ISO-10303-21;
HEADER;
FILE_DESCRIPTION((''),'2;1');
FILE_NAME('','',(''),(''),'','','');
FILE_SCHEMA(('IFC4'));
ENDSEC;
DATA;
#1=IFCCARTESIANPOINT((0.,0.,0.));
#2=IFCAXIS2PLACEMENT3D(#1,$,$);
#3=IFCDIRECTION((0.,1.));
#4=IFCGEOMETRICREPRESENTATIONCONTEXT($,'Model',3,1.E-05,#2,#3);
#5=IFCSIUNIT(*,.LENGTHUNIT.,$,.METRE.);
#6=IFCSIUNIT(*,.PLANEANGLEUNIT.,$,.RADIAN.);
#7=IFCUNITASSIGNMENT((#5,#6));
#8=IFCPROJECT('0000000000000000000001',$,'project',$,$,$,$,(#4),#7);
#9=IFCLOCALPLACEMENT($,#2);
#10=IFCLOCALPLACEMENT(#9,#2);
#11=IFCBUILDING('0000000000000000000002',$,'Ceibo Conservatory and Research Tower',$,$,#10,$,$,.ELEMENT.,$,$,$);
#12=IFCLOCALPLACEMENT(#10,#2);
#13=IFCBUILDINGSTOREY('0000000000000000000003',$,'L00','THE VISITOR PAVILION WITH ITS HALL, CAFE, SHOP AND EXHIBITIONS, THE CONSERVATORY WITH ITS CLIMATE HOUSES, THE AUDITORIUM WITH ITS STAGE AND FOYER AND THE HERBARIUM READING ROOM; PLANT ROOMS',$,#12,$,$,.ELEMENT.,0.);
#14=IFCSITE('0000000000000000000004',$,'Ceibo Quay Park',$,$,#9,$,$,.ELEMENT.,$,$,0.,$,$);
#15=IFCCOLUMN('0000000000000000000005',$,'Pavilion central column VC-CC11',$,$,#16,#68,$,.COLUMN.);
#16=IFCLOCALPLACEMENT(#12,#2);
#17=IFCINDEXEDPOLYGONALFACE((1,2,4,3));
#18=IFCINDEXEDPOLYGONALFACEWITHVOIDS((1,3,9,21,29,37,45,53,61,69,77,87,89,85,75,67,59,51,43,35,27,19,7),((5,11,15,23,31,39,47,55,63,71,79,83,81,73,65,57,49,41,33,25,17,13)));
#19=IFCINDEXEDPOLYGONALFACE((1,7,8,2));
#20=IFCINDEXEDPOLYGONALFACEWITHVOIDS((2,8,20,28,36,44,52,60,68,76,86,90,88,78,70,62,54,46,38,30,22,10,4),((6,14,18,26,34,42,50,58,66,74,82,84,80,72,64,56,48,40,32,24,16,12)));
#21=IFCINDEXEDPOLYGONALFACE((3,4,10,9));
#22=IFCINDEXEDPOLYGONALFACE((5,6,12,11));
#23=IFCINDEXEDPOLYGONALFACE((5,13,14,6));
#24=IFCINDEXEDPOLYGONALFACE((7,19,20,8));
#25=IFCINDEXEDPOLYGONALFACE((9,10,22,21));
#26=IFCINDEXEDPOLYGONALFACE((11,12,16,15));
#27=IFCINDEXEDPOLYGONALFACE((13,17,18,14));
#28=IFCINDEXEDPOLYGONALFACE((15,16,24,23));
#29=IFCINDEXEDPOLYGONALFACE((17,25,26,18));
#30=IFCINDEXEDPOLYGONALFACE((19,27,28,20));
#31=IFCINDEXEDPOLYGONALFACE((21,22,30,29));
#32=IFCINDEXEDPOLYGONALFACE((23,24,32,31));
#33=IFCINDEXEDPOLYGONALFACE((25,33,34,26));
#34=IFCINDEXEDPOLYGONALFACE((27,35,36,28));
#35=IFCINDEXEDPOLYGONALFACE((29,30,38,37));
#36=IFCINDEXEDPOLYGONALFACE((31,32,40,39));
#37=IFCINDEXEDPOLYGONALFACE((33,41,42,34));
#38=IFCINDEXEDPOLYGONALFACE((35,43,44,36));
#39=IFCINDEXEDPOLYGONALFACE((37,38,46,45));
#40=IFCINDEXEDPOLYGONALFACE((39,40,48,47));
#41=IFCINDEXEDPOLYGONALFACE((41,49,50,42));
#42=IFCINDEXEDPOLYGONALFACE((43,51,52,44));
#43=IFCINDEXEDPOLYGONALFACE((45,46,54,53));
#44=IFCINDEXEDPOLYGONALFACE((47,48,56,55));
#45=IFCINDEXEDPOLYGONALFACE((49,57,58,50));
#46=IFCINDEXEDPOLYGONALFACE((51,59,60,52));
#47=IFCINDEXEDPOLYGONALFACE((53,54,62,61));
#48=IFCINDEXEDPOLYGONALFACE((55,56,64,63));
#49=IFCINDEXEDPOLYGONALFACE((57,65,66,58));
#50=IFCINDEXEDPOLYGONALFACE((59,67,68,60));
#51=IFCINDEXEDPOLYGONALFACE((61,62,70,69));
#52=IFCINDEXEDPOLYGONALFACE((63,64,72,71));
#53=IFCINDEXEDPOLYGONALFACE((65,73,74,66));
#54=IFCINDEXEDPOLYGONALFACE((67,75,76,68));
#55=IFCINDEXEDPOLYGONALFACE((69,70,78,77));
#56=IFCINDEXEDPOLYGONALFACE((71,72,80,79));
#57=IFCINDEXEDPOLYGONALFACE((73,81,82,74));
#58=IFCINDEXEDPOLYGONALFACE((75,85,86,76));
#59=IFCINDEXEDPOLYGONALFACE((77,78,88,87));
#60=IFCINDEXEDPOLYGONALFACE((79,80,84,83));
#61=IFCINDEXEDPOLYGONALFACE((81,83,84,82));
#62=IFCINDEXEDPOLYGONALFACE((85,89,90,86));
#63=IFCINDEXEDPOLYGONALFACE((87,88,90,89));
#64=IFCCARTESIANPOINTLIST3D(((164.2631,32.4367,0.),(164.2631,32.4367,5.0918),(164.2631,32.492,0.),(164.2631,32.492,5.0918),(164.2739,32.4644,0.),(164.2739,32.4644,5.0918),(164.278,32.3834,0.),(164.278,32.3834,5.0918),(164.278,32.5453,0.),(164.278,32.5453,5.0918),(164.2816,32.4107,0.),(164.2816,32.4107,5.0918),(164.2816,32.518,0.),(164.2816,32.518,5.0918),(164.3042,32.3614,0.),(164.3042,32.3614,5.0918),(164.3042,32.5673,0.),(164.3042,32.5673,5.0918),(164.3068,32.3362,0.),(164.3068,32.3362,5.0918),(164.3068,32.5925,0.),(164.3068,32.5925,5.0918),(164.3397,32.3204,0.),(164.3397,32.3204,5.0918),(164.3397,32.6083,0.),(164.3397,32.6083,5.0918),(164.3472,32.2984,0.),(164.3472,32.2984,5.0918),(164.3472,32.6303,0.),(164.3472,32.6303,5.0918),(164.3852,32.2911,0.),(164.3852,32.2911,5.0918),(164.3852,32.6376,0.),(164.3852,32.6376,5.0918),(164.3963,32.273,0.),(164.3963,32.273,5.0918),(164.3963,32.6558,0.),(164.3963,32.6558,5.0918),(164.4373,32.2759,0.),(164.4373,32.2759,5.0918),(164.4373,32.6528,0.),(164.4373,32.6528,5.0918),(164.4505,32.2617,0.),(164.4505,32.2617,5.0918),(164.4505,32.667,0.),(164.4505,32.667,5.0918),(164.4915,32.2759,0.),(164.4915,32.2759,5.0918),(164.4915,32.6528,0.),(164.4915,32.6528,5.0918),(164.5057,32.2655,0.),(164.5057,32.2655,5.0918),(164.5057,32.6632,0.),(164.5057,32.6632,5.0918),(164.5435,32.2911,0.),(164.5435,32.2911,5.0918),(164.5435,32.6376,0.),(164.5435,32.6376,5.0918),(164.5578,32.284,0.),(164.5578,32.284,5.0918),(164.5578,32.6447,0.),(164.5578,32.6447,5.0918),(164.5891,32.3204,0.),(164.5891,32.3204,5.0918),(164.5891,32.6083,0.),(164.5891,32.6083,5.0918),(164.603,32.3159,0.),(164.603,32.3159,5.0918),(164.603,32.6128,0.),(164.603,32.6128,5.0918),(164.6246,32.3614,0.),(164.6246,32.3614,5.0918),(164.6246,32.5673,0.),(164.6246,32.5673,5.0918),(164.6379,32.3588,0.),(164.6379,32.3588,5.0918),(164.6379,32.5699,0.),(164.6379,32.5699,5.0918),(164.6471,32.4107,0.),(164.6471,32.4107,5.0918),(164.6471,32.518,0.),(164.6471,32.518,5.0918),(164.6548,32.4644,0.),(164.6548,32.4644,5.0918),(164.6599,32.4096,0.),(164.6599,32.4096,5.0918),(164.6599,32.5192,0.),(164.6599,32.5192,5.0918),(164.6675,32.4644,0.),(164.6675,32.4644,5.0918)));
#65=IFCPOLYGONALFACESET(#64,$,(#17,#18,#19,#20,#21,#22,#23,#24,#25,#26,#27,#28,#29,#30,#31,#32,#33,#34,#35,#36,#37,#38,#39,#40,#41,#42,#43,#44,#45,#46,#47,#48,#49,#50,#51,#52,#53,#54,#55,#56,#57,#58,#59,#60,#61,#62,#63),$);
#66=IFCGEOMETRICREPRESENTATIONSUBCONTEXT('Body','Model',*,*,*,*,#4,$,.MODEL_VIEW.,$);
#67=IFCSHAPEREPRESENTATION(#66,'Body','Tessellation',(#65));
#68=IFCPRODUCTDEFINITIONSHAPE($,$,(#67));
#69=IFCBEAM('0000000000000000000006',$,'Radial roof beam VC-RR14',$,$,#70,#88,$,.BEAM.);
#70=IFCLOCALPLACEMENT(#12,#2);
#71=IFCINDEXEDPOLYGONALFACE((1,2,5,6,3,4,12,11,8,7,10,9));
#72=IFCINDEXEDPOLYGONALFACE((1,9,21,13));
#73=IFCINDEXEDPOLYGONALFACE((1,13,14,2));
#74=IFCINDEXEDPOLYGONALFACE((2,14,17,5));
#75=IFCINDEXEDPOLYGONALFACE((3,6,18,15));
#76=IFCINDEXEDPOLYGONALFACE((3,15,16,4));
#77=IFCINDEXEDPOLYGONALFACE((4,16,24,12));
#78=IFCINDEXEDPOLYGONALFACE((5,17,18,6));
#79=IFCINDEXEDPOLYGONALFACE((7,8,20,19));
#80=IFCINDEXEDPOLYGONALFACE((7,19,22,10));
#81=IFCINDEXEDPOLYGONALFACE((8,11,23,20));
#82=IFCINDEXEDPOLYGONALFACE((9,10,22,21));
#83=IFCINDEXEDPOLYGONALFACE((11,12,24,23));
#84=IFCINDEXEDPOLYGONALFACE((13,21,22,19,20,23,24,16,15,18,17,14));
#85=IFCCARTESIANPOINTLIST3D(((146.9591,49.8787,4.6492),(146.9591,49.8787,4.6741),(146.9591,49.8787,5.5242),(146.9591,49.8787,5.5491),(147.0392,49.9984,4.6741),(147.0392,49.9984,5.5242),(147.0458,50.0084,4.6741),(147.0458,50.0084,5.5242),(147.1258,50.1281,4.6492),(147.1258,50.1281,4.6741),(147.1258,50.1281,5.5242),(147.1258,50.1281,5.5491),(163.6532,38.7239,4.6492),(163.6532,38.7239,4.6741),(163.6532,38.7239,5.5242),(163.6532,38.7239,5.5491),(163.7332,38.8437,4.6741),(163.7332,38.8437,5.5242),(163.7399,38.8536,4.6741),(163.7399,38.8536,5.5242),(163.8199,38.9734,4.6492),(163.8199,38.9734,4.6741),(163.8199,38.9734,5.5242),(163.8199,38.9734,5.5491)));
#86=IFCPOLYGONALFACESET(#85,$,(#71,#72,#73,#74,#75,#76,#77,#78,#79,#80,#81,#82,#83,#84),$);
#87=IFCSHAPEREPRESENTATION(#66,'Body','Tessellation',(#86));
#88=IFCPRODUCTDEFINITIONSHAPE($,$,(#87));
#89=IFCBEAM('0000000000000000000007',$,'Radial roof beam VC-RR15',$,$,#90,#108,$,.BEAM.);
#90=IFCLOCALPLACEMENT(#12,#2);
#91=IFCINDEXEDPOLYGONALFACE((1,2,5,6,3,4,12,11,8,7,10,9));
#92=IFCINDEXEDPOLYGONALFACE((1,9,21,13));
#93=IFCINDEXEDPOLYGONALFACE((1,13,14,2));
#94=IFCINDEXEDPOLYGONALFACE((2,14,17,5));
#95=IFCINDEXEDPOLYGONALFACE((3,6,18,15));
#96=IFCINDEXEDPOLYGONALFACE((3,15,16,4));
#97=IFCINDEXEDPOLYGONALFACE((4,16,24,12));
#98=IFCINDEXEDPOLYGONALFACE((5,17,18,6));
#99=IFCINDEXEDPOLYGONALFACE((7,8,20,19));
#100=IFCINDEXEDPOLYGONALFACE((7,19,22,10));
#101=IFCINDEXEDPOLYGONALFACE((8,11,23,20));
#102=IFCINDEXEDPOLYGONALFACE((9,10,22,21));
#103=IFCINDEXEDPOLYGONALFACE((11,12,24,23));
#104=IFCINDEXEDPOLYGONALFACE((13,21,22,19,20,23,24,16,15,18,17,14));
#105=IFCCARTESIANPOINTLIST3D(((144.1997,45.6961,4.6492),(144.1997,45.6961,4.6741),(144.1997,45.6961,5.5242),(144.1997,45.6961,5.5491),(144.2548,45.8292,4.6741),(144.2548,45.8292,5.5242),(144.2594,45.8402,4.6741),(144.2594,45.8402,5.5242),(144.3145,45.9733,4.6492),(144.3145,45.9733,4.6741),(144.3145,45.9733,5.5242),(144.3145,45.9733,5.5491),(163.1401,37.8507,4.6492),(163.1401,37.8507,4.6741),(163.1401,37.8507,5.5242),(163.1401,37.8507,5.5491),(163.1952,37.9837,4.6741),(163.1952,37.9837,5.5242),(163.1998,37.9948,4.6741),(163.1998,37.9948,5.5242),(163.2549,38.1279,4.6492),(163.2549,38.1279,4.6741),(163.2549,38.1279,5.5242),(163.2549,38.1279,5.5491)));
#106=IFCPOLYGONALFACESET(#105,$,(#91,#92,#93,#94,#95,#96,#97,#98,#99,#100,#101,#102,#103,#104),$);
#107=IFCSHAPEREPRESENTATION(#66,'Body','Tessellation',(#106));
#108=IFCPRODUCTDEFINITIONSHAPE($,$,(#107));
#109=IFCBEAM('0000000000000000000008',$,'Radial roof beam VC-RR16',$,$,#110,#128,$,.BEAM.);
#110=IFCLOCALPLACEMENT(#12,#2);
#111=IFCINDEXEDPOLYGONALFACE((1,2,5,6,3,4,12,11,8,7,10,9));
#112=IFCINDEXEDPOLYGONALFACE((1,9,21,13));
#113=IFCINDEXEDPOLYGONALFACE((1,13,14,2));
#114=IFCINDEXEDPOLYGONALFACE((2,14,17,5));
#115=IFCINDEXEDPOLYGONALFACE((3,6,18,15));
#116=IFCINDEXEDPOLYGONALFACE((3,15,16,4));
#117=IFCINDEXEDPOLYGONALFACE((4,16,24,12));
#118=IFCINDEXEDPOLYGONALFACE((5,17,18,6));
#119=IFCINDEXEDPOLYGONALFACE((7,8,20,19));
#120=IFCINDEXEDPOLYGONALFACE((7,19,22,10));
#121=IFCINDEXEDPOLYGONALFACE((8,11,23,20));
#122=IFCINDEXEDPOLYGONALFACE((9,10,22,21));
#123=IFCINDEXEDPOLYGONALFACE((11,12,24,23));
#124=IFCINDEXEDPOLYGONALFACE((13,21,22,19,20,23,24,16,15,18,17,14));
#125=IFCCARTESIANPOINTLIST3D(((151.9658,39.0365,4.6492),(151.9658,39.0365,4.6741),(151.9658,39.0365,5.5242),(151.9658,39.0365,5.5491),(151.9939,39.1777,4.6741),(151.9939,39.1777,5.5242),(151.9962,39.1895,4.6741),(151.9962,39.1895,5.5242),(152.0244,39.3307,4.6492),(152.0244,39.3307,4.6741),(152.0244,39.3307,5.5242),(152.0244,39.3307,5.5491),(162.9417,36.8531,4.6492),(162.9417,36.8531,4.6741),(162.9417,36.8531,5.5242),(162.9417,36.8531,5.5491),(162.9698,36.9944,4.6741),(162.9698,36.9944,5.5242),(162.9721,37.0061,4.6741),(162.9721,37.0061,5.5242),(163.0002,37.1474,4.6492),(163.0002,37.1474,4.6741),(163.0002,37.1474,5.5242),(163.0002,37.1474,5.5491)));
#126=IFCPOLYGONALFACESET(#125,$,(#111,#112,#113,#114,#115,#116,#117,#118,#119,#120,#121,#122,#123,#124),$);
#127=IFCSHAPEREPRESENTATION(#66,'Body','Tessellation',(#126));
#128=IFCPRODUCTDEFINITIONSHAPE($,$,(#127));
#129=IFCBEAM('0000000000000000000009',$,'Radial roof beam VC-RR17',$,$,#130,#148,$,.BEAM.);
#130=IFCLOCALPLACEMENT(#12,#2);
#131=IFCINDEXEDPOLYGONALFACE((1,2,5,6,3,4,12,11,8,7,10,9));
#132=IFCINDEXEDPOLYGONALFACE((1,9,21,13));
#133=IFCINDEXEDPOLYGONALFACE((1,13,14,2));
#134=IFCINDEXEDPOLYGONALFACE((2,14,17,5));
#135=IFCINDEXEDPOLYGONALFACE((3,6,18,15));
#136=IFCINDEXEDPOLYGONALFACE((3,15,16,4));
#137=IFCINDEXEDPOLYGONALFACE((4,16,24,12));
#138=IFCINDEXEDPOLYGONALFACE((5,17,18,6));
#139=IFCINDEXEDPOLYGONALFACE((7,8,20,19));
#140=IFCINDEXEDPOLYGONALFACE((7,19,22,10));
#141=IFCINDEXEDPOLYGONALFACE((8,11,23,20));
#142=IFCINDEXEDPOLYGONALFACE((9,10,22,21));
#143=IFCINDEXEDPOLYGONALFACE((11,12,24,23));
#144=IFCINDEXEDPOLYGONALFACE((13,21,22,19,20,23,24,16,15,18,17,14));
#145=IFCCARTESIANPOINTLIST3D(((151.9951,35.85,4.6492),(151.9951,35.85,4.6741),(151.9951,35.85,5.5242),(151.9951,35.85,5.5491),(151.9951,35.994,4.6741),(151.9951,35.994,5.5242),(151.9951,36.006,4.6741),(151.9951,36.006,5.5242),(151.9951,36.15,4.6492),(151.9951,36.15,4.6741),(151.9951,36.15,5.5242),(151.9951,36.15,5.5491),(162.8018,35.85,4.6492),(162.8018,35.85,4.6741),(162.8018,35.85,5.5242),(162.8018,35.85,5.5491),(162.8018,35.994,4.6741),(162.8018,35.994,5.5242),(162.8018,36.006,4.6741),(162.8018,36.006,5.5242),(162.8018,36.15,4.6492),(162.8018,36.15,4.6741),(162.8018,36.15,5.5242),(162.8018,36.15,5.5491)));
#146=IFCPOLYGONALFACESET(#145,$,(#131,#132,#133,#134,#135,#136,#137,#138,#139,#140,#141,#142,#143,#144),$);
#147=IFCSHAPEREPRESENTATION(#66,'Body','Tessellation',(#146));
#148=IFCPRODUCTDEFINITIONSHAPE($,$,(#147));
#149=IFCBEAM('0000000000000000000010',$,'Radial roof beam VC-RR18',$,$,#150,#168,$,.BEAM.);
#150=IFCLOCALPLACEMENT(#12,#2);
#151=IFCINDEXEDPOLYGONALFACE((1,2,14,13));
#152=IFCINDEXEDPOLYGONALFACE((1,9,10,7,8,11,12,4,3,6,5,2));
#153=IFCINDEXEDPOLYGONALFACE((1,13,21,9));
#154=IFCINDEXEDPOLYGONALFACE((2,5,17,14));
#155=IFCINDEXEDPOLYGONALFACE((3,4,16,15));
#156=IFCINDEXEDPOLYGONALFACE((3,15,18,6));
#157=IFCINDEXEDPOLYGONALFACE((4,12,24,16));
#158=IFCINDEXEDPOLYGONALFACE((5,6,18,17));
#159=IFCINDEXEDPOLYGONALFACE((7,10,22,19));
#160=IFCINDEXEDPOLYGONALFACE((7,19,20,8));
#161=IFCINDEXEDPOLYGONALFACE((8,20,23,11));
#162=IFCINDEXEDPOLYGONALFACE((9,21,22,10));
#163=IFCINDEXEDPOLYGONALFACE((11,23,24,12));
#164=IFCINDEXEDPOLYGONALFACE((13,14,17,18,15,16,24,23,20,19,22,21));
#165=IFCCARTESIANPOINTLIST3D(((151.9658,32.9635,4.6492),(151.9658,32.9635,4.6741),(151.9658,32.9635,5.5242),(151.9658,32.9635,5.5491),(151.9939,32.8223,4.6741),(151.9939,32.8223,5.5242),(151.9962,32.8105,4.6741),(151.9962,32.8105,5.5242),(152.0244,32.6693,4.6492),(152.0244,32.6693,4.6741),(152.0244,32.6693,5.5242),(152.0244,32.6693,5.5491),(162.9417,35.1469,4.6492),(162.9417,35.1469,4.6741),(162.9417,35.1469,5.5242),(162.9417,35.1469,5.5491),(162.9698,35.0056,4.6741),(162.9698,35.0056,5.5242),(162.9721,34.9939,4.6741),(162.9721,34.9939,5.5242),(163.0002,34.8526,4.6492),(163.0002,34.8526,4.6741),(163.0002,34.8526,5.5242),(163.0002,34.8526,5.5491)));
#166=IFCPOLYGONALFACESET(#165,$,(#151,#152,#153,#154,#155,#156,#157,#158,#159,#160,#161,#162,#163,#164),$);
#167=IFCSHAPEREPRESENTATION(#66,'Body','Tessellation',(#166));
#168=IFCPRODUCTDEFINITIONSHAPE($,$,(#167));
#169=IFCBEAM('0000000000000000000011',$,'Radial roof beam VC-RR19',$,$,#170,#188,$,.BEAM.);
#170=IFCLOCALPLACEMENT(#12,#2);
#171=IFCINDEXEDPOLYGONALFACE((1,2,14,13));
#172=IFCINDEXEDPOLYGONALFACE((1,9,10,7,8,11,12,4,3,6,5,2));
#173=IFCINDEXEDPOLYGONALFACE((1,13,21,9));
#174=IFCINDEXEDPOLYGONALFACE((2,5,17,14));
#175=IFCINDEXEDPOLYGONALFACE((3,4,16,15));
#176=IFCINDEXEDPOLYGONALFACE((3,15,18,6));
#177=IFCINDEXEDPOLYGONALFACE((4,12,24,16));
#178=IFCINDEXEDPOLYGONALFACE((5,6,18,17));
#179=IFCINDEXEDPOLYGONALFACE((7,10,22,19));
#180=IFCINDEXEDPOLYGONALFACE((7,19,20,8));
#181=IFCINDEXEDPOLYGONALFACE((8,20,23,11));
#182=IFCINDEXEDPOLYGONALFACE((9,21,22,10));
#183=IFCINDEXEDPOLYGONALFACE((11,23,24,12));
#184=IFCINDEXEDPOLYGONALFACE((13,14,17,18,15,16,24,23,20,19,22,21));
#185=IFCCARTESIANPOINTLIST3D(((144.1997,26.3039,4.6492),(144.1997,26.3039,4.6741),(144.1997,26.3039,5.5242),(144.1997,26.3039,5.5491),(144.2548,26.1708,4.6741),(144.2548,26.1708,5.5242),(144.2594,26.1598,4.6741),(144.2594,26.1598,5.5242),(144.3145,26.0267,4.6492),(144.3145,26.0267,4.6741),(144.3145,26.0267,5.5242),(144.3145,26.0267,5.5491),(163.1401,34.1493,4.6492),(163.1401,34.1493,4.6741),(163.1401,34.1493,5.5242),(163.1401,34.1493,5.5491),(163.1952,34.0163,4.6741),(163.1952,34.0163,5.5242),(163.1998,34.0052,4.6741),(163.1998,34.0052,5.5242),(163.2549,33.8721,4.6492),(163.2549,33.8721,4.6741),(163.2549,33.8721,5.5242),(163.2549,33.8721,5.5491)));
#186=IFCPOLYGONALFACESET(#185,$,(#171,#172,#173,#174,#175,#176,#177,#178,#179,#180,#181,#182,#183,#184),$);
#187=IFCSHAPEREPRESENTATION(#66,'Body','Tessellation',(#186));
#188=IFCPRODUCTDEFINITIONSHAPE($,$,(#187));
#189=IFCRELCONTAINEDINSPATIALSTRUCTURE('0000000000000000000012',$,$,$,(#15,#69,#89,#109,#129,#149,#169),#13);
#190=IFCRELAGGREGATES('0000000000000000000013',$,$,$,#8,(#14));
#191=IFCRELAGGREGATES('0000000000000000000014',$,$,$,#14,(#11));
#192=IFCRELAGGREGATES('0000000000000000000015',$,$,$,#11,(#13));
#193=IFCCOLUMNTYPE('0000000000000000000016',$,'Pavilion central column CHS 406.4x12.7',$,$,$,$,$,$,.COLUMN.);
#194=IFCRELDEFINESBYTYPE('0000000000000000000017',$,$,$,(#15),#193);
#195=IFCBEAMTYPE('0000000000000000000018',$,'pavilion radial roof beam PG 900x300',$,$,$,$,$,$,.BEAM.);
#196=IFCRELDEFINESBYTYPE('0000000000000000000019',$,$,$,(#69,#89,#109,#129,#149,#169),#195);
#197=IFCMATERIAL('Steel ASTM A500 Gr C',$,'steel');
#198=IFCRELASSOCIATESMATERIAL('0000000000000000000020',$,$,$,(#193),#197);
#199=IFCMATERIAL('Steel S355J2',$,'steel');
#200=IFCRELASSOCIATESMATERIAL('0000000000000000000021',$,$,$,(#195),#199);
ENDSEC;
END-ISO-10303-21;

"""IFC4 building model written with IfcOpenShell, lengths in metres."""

from ifc_helpers import new_model, si_unit, direction, frame, origin, origin_2d, place, context, subcontext, project, spatial, hollow_circle, i_section, extrude, material, material_profile, profile_set, type_object, element, save


model = new_model("IFC4")

# Units and contexts
model_context = context("Model", 3, precision=1e-05, world=origin(), true_north=direction((0.0, 1.0)))
body_context = subcontext(model_context, "Body", "Model", "MODEL_VIEW")
ifc_project = project(units=[si_unit("LENGTHUNIT", "METRE"), si_unit("PLANEANGLEUNIT", "RADIAN")], contexts=[model_context])

# Site, building, storey
site_placement = place(None, origin())
site = spatial("IfcSite", under=ifc_project, at=site_placement, Name="Ceibo Quay Park", CompositionType="ELEMENT", RefElevation=0.0)
building_placement = place(site_placement, origin())
building = spatial("IfcBuilding", under=site, at=building_placement, Name="Ceibo Conservatory and Research Tower", CompositionType="ELEMENT")
storey_placement = place(building_placement, origin())
storey = spatial("IfcBuildingStorey", under=building, at=storey_placement, Name="L00", Description="THE VISITOR PAVILION WITH ITS HALL, CAFE, SHOP AND EXHIBITIONS, THE CONSERVATORY WITH ITS CLIMATE HOUSES, THE AUDITORIUM WITH ITS STAGE AND FOYER AND THE HERBARIUM READING ROOM; PLANT ROOMS", CompositionType="ELEMENT", Elevation=0.0)

# Column
ifc_material_1 = material(Name="Steel ASTM A500 Gr C", Category="steel")
ifc_material_profile_1 = material_profile(ifc_material_1, hollow_circle(Radius=0.2031, WallThickness=0.0127, at=origin_2d()), Name="Pavilion central column CHS 406.4x12.7")
ifc_profile_set_1 = profile_set([ifc_material_profile_1], Name="Steel ASTM A500 Gr C")
column_type_1 = type_object("IfcColumnType", Name="Pavilion central column CHS 406.4x12.7", PredefinedType="COLUMN", material=ifc_profile_set_1)
for number, where, z_axis, x_axis, name in (
    (1, (164.4644, 32.4644, 0.0), (0.0, 0.0, 1.0), (1.0, 0.0, 0.0), "Pavilion central column VC-CC11"),
):
    element("IfcColumn", number, at=place(storey_placement, frame(where, z_axis=z_axis, x_axis=x_axis)), inside=storey, type_object=column_type_1, Name=name, PredefinedType="COLUMN", context=body_context, shape_type="SweptSolid", body=[
        extrude(hollow_circle(Radius=0.2031, WallThickness=0.0127, at=origin_2d()), origin(), (0.0, 0.0, 1.0), 5.0918),
    ])

# Beams
ifc_material_2 = material(Name="Steel S355J2", Category="steel")
ifc_material_profile_2 = material_profile(ifc_material_2, i_section(OverallWidth=0.3, OverallDepth=0.8999, WebThickness=0.012, FlangeThickness=0.0249, at=origin_2d()), Name="PG 900x300")
ifc_profile_set_2 = profile_set([ifc_material_profile_2], Name="Steel S355J2")
beam_type = type_object("IfcBeamType", Name="pavilion radial roof beam PG 900x300", PredefinedType="BEAM", material=ifc_profile_set_2)
beam_1_placement = place(storey_placement, frame((163.7366, 38.8486, 5.0991), z_axis=(-0.831466, 0.555575, 0.0), x_axis=(-0.555575, -0.831466, 0.0)))
element("IfcBeam", 2, at=beam_1_placement, inside=storey, type_object=beam_type, Name="Radial roof beam VC-RR14", PredefinedType="BEAM", context=body_context, shape_type="SweptSolid", body=[
    extrude(i_section(OverallWidth=0.3, OverallDepth=0.8999, WebThickness=0.012, FlangeThickness=0.0249, at=origin_2d()), origin(), (0.0, 0.0, 1.0), 20.0779),
])
beam_2_placement = place(storey_placement, frame((163.1975, 37.9893, 5.0991), z_axis=(-0.923878, 0.382687, 0.0), x_axis=(-0.382687, -0.923878, 0.0)))
element("IfcBeam", 3, at=beam_2_placement, inside=storey, type_object=beam_type, Name="Radial roof beam VC-RR15", PredefinedType="BEAM", context=body_context, shape_type="SweptSolid", body=[
    extrude(i_section(OverallWidth=0.3, OverallDepth=0.8999, WebThickness=0.012, FlangeThickness=0.0249, at=origin_2d()), origin(), (0.0, 0.0, 1.0), 20.501),
])
beam_3_placement = place(storey_placement, frame((162.9709, 37.0002, 5.0991), z_axis=(-0.980783, 0.195101, 0.0), x_axis=(-0.195101, -0.980783, 0.0)))
element("IfcBeam", 4, at=beam_3_placement, inside=storey, type_object=beam_type, Name="Radial roof beam VC-RR16", PredefinedType="BEAM", context=body_context, shape_type="SweptSolid", body=[
    extrude(i_section(OverallWidth=0.3, OverallDepth=0.8999, WebThickness=0.012, FlangeThickness=0.0249, at=origin_2d()), origin(), (0.0, 0.0, 1.0), 11.1909),
])
beam_4_placement = place(storey_placement, frame((162.8018, 36.0, 5.0991), z_axis=(-1.0, 0.0, 0.0), x_axis=(0.0, -1.0, 0.0)))
element("IfcBeam", 5, at=beam_4_placement, inside=storey, type_object=beam_type, Name="Radial roof beam VC-RR17", PredefinedType="BEAM", context=body_context, shape_type="SweptSolid", body=[
    extrude(i_section(OverallWidth=0.3, OverallDepth=0.8999, WebThickness=0.012, FlangeThickness=0.0249, at=origin_2d()), origin(), (0.0, 0.0, 1.0), 10.8066),
])
beam_5_placement = place(storey_placement, frame((162.9709, 34.9998, 5.0991), z_axis=(-0.980783, -0.195101, 0.0), x_axis=(0.195101, -0.980783, 0.0)))
element("IfcBeam", 6, at=beam_5_placement, inside=storey, type_object=beam_type, Name="Radial roof beam VC-RR18", PredefinedType="BEAM", context=body_context, shape_type="SweptSolid", body=[
    extrude(i_section(OverallWidth=0.3, OverallDepth=0.8999, WebThickness=0.012, FlangeThickness=0.0249, at=origin_2d()), origin(), (0.0, 0.0, 1.0), 11.1909),
])
beam_6_placement = place(storey_placement, frame((163.1975, 34.0107, 5.0991), z_axis=(-0.923878, -0.382687, 0.0), x_axis=(0.382687, -0.923878, 0.0)))
element("IfcBeam", 7, at=beam_6_placement, inside=storey, type_object=beam_type, Name="Radial roof beam VC-RR19", PredefinedType="BEAM", context=body_context, shape_type="SweptSolid", body=[
    extrude(i_section(OverallWidth=0.3, OverallDepth=0.8999, WebThickness=0.012, FlangeThickness=0.0249, at=origin_2d()), origin(), (0.0, 0.0, 1.0), 20.501),
])

save(model, "model.ifc")
